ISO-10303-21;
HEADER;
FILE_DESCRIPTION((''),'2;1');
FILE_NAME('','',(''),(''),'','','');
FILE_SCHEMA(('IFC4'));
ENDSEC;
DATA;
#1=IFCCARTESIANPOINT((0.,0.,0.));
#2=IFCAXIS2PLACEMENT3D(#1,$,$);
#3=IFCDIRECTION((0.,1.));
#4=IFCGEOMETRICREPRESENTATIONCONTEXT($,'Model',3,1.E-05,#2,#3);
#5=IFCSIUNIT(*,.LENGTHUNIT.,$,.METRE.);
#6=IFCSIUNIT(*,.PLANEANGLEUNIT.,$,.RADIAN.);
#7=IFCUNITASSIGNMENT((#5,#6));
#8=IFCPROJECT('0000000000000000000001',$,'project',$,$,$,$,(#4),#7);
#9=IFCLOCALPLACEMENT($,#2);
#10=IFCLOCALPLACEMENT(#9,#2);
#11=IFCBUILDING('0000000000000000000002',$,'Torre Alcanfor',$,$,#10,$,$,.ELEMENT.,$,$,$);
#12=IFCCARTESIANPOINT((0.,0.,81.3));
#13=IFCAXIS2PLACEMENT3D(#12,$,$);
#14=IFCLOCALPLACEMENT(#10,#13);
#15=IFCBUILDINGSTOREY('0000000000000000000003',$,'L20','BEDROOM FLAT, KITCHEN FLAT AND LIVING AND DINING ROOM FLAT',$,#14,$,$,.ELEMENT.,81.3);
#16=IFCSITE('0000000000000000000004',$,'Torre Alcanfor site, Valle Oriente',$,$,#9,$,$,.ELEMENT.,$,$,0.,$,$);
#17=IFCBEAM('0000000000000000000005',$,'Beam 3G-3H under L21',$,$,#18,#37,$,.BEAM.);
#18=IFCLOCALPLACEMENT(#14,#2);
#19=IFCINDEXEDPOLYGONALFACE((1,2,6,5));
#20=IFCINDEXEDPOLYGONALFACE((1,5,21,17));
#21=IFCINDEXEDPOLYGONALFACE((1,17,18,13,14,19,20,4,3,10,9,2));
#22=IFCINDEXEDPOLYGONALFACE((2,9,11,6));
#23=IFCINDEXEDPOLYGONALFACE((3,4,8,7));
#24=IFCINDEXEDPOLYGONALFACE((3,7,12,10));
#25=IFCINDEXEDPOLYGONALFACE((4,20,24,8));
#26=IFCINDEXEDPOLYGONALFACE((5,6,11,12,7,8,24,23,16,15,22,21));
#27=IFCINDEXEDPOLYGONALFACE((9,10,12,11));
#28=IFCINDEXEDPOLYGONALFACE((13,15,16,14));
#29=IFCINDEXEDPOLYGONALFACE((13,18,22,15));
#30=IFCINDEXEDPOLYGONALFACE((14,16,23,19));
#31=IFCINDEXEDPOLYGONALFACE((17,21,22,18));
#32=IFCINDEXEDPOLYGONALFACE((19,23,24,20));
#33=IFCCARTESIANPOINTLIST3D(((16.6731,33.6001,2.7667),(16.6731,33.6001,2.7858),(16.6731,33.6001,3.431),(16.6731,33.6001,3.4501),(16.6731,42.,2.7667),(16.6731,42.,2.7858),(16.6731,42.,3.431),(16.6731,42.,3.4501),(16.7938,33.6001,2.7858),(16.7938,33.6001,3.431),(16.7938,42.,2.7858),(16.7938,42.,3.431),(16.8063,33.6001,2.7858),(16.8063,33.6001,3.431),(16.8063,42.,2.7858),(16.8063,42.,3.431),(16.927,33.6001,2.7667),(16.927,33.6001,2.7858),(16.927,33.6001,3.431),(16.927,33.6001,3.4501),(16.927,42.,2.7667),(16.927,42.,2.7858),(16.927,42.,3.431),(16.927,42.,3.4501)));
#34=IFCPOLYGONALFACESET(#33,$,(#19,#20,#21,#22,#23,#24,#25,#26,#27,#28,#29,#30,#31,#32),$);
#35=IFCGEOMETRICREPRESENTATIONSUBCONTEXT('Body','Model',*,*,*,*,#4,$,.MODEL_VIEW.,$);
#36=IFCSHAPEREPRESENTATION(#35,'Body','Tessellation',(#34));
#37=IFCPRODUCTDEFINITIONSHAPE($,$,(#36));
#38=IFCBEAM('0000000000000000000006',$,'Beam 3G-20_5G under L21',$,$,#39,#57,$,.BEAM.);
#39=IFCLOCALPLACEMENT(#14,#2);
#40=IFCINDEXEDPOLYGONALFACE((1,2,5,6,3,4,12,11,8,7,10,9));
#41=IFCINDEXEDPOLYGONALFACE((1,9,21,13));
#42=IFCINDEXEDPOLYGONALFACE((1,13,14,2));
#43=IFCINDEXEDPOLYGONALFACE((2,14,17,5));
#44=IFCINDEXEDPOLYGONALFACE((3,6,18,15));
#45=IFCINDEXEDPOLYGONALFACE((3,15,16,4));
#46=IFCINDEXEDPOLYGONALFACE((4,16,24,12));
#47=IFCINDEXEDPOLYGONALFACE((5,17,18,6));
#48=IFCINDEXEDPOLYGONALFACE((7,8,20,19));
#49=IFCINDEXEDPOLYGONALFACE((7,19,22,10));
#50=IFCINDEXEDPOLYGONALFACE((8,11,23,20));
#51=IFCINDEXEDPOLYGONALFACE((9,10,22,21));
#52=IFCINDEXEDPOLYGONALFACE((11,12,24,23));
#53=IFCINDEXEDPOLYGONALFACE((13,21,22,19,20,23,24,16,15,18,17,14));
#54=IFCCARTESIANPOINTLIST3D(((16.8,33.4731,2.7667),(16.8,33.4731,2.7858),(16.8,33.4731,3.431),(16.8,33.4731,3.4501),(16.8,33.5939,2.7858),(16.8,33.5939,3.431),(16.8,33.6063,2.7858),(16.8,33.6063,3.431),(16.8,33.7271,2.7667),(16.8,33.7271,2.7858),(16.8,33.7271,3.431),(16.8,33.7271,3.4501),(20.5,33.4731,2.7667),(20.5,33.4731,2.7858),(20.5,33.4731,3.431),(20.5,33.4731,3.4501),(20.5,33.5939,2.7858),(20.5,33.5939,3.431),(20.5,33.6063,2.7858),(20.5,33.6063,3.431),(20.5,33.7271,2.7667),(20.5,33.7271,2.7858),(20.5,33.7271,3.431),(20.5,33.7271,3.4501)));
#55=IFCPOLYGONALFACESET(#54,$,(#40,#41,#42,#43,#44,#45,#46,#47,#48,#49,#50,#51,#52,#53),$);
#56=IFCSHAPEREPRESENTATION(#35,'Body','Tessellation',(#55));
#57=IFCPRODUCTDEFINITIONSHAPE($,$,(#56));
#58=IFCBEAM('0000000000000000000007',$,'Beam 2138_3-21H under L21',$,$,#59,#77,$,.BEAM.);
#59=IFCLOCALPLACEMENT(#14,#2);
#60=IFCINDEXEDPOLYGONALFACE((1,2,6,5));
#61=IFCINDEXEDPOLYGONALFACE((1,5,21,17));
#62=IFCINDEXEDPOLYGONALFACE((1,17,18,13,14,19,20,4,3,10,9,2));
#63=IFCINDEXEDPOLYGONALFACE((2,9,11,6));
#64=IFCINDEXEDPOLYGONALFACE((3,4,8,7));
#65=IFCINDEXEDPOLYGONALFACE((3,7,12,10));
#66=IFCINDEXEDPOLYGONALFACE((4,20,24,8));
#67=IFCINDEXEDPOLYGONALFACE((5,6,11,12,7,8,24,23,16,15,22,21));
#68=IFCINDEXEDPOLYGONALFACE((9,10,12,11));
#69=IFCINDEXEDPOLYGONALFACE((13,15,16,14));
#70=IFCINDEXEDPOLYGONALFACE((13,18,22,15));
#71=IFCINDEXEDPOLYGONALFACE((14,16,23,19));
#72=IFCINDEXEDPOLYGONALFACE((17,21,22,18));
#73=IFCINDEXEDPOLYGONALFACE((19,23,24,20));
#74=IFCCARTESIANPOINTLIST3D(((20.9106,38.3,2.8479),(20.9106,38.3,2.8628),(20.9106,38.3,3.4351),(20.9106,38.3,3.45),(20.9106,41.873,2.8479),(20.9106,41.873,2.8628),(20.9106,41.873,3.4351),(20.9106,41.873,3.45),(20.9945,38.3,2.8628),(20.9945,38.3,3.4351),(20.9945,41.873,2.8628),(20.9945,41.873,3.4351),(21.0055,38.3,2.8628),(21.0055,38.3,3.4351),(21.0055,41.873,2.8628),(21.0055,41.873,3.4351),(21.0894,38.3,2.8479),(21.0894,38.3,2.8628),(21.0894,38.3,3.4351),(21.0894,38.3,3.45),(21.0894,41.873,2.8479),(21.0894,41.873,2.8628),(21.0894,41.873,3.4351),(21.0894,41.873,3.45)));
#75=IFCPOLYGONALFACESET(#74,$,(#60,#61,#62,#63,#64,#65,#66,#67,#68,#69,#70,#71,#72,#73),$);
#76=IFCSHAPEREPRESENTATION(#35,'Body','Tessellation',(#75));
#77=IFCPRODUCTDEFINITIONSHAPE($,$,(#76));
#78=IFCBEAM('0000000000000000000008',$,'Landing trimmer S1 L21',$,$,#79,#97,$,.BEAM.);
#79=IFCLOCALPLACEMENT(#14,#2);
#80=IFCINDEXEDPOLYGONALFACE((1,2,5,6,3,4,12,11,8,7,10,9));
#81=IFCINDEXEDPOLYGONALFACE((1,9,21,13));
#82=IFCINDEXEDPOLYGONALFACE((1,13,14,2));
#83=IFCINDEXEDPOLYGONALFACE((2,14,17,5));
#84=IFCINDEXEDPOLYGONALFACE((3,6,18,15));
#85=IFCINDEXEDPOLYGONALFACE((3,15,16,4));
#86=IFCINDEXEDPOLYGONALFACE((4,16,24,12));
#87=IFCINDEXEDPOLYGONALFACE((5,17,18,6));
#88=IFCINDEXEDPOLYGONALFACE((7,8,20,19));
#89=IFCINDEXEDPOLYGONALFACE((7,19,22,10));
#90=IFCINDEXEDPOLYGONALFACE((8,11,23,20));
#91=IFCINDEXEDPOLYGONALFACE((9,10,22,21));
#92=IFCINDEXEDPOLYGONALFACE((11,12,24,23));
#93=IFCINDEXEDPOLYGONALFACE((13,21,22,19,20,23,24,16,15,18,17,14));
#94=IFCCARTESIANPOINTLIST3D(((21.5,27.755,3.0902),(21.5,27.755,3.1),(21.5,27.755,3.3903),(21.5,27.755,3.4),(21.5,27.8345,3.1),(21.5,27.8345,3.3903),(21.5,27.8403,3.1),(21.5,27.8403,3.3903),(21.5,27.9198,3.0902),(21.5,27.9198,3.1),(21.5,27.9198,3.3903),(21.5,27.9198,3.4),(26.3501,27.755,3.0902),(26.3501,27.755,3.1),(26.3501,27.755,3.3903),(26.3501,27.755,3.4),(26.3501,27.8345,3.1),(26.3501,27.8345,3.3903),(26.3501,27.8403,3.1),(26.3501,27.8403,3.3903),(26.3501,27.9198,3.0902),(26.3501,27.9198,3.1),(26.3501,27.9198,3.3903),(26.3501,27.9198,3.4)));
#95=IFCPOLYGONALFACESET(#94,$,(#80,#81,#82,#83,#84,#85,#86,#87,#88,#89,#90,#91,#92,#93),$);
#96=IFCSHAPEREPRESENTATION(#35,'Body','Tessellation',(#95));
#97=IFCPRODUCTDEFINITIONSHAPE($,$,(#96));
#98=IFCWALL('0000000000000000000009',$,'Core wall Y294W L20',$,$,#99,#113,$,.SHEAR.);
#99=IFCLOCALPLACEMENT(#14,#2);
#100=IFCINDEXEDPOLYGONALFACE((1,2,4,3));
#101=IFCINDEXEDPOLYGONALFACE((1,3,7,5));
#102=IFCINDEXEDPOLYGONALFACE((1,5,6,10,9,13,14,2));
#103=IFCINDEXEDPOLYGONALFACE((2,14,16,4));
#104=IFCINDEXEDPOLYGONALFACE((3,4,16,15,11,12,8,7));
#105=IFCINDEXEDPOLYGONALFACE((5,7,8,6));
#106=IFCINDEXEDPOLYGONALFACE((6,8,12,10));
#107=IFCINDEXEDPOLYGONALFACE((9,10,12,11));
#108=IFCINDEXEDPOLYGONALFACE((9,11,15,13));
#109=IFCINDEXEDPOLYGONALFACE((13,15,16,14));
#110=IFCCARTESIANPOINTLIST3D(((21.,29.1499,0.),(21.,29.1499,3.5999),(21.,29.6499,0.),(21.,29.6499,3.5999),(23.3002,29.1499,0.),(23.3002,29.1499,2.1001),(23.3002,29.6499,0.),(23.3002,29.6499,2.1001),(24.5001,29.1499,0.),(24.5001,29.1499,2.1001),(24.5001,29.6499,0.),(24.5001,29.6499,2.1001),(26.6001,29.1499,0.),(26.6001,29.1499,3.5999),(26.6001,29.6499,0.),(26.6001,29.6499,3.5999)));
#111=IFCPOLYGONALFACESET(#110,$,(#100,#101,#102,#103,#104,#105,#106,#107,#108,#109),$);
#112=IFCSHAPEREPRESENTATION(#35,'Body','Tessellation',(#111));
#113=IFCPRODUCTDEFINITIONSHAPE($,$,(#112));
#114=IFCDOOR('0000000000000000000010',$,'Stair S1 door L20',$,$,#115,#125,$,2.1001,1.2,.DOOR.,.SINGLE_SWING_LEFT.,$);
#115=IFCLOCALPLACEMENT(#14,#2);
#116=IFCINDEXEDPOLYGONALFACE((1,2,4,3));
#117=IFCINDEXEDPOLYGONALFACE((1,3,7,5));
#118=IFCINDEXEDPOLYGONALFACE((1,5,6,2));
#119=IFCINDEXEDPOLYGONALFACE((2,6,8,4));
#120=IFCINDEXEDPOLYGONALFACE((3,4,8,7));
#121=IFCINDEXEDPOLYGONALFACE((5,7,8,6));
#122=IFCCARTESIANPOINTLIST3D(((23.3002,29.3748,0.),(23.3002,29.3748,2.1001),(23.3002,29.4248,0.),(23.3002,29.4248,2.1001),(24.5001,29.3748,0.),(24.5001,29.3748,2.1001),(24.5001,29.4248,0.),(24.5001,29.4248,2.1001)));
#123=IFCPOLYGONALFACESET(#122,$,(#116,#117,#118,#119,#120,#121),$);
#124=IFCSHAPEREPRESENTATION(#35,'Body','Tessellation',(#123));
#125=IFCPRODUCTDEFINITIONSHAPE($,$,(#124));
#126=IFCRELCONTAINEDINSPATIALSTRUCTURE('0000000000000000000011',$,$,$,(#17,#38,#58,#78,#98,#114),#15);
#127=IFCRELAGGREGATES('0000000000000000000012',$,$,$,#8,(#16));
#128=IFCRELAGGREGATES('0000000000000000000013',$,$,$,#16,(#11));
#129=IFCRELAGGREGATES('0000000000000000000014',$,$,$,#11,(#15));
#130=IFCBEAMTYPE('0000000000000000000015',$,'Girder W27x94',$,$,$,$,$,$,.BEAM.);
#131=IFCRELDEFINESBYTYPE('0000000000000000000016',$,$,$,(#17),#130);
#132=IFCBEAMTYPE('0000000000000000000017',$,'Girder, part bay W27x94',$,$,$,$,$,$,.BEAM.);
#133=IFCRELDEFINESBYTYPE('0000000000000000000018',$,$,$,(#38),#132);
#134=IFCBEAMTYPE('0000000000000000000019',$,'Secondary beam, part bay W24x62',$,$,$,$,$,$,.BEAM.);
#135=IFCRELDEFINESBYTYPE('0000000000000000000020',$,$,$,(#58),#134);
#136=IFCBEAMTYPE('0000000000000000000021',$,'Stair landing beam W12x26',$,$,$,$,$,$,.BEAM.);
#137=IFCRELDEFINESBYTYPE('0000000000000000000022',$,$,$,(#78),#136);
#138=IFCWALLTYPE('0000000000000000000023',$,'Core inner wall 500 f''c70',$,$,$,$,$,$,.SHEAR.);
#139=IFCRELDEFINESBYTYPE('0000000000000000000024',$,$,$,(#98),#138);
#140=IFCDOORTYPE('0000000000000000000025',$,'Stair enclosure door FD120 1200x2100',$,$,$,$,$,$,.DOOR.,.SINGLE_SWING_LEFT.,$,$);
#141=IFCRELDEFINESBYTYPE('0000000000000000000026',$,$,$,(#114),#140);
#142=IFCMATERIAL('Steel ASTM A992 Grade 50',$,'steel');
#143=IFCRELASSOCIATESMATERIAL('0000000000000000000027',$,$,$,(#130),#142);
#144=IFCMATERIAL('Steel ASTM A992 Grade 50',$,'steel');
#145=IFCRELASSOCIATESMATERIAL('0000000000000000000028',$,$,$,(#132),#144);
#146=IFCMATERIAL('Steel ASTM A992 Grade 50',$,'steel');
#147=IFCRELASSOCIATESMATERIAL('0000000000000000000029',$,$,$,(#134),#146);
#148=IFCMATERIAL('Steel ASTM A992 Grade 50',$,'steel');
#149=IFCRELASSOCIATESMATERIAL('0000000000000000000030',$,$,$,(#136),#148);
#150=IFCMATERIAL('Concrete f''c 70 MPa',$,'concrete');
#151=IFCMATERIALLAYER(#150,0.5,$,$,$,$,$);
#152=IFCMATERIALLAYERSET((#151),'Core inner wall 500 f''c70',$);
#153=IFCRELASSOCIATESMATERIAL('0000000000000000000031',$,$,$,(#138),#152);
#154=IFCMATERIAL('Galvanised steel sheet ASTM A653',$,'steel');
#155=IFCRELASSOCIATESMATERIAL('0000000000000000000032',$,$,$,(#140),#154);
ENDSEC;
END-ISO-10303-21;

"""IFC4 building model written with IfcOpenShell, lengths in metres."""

from ifc_helpers import new_model, si_unit, direction, frame, frame_2d, origin, origin_2d, place, context, subcontext, project, spatial, rectangle, i_section, extrude, material, layer, layer_set, material_profile, profile_set, type_object, element, fill, save


model = new_model("IFC4")

# Units and contexts
model_context = context("Model", 3, precision=1e-05, world=origin(), true_north=direction((0.0, 1.0)))
body_context = subcontext(model_context, "Body", "Model", "MODEL_VIEW")
ifc_project = project(units=[si_unit("LENGTHUNIT", "METRE"), si_unit("PLANEANGLEUNIT", "RADIAN")], contexts=[model_context])

# Site, building, storey
site_placement = place(None, origin())
site = spatial("IfcSite", under=ifc_project, at=site_placement, Name="Torre Alcanfor site, Valle Oriente", CompositionType="ELEMENT", RefElevation=0.0)
building_placement = place(site_placement, origin())
building = spatial("IfcBuilding", under=site, at=building_placement, Name="Torre Alcanfor", CompositionType="ELEMENT")
storey_placement = place(building_placement, frame((0.0, 0.0, 81.3)))
storey = spatial("IfcBuildingStorey", under=building, at=storey_placement, Name="L20", Description="BEDROOM FLAT, KITCHEN FLAT AND LIVING AND DINING ROOM FLAT", CompositionType="ELEMENT", Elevation=81.3)

# Beams
ifc_material_1 = material(Name="Steel ASTM A992 Grade 50", Category="steel")
ifc_material_profile_1 = material_profile(ifc_material_1, i_section(OverallWidth=0.2539, OverallDepth=0.6833, WebThickness=0.0125, FlangeThickness=0.019, at=origin_2d()), Name="W27x94")
ifc_profile_set_1 = profile_set([ifc_material_profile_1], Name="Steel ASTM A992 Grade 50")
beam_type_1 = type_object("IfcBeamType", Name="Girder W27x94", PredefinedType="BEAM", material=ifc_profile_set_1)
beam_1_placement = place(storey_placement, frame((16.8, 33.6001, 3.1084), z_axis=(0.0, 1.0, 0.0), x_axis=(-1.0, 0.0, 0.0)))
element("IfcBeam", 1, at=beam_1_placement, inside=storey, type_object=beam_type_1, Name="Beam 3G-3H under L21", PredefinedType="BEAM", context=body_context, shape_type="SweptSolid", body=[
    extrude(i_section(OverallWidth=0.2539, OverallDepth=0.6833, WebThickness=0.0125, FlangeThickness=0.019, at=origin_2d()), origin(), (0.0, 0.0, 1.0), 8.3999),
])
ifc_material_2 = material(Name="Steel ASTM A992 Grade 50", Category="steel")
ifc_material_profile_2 = material_profile(ifc_material_2, i_section(OverallWidth=0.2539, OverallDepth=0.6833, WebThickness=0.0125, FlangeThickness=0.019, at=origin_2d()), Name="W27x94")
ifc_profile_set_2 = profile_set([ifc_material_profile_2], Name="Steel ASTM A992 Grade 50")
beam_type_2 = type_object("IfcBeamType", Name="Girder, part bay W27x94", PredefinedType="BEAM", material=ifc_profile_set_2)
beam_2_placement = place(storey_placement, frame((16.8, 33.6001, 3.1084), z_axis=(1.0, 0.0, 0.0), x_axis=(0.0, 1.0, 0.0)))
element("IfcBeam", 2, at=beam_2_placement, inside=storey, type_object=beam_type_2, Name="Beam 3G-20_5G under L21", PredefinedType="BEAM", context=body_context, shape_type="SweptSolid", body=[
    extrude(i_section(OverallWidth=0.2539, OverallDepth=0.6833, WebThickness=0.0125, FlangeThickness=0.019, at=origin_2d()), origin(), (0.0, 0.0, 1.0), 3.7),
])
ifc_material_3 = material(Name="Steel ASTM A992 Grade 50", Category="steel")
ifc_material_profile_3 = material_profile(ifc_material_3, i_section(OverallWidth=0.1787, OverallDepth=0.6021, WebThickness=0.011, FlangeThickness=0.0149, at=origin_2d()), Name="W24x62")
ifc_profile_set_3 = profile_set([ifc_material_profile_3], Name="Steel ASTM A992 Grade 50")
beam_type_3 = type_object("IfcBeamType", Name="Secondary beam, part bay W24x62", PredefinedType="BEAM", material=ifc_profile_set_3)
beam_3_placement = place(storey_placement, frame((21.0, 38.3, 3.1489), z_axis=(0.0, 1.0, 0.0), x_axis=(-1.0, 0.0, 0.0)))
element("IfcBeam", 3, at=beam_3_placement, inside=storey, type_object=beam_type_3, Name="Beam 2138_3-21H under L21", PredefinedType="BEAM", context=body_context, shape_type="SweptSolid", body=[
    extrude(i_section(OverallWidth=0.1787, OverallDepth=0.6021, WebThickness=0.011, FlangeThickness=0.0149, at=origin_2d()), origin(), (0.0, 0.0, 1.0), 3.573),
])
ifc_material_4 = material(Name="Steel ASTM A992 Grade 50", Category="steel")
ifc_material_profile_4 = material_profile(ifc_material_4, i_section(OverallWidth=0.1648, OverallDepth=0.3098, WebThickness=0.0059, FlangeThickness=0.0098, at=origin_2d()), Name="W12x26")
ifc_profile_set_4 = profile_set([ifc_material_profile_4], Name="Steel ASTM A992 Grade 50")
beam_type_4 = type_object("IfcBeamType", Name="Stair landing beam W12x26", PredefinedType="BEAM", material=ifc_profile_set_4)
beam_4_placement = place(storey_placement, frame((21.5, 27.8374, 3.2451), z_axis=(1.0, 0.0, 0.0), x_axis=(0.0, 1.0, 0.0)))
element("IfcBeam", 4, at=beam_4_placement, inside=storey, type_object=beam_type_4, Name="Landing trimmer S1 L21", PredefinedType="BEAM", context=body_context, shape_type="SweptSolid", body=[
    extrude(i_section(OverallWidth=0.1648, OverallDepth=0.3098, WebThickness=0.0059, FlangeThickness=0.0098, at=origin_2d()), origin(), (0.0, 0.0, 1.0), 4.8501),
])

# Wall, opening, door
ifc_material_5 = material(Name="Concrete f'c 70 MPa", Category="concrete")
ifc_layer_1 = layer(ifc_material_5, 0.5)
ifc_layer_set_1 = layer_set([ifc_layer_1], Name="Core inner wall 500 f'c70")
wall_type_1 = type_object("IfcWallType", Name="Core inner wall 500 f'c70", PredefinedType="SHEAR", material=ifc_layer_set_1)
wall_1_placement = place(storey_placement, frame((21.0, 29.3999, 0.0), z_axis=(0.0, 0.0, 1.0), x_axis=(1.0, 0.0, 0.0)))
wall_1 = element("IfcWall", 5, at=wall_1_placement, inside=storey, type_object=wall_type_1, Name="Core wall Y294W L20", PredefinedType="SHEAR", context=body_context, shape_type="SweptSolid", body=[
    extrude(rectangle(XDim=5.6001, YDim=0.5, at=frame_2d((2.8, 0.0))), origin(), (0.0, 0.0, 1.0), 3.5999),
])
opening_1_placement = place(wall_1_placement, frame((2.3, 0.0, 0.0)))
opening_1 = element("IfcOpeningElement", 6, at=opening_1_placement, cuts=wall_1, PredefinedType="OPENING", context=body_context, shape_type="SweptSolid", body=[
    extrude(rectangle(XDim=1.2, YDim=2.1001, at=frame_2d((0.6001, 1.05))), frame((0.0, 0.26, 0.0), z_axis=(0.0, -1.0, 0.0), x_axis=(1.0, 0.0, 0.0)), (0.0, 0.0, 1.0), 0.52),
])
ifc_material_6 = material(Name="Galvanised steel sheet ASTM A653", Category="steel")
door_type_1 = type_object("IfcDoorType", Name="Stair enclosure door FD120 1200x2100", OperationType="SINGLE_SWING_LEFT", PredefinedType="DOOR", material=ifc_material_6)
door_1_placement = place(opening_1_placement, frame((1.2, 0.0, 0.0), z_axis=(0.0, 0.0, 1.0), x_axis=(-1.0, 0.0, 0.0)))
door_1 = element("IfcDoor", 7, at=door_1_placement, inside=storey, type_object=door_type_1, Name="Stair S1 door L20", OperationType="SINGLE_SWING_LEFT", OverallHeight=2.1001, OverallWidth=1.2, PredefinedType="DOOR", context=body_context, shape_type="SweptSolid", body=[
    extrude(rectangle(XDim=1.2, YDim=2.1001, at=frame_2d((0.5999, 1.05))), frame((0.0, 0.0251, 0.0), z_axis=(0.0, -1.0, 0.0), x_axis=(1.0, 0.0, 0.0)), (0.0, 0.0, 1.0), 0.05),
])
fill(opening_1, door_1)

save(model, "model.ifc")
